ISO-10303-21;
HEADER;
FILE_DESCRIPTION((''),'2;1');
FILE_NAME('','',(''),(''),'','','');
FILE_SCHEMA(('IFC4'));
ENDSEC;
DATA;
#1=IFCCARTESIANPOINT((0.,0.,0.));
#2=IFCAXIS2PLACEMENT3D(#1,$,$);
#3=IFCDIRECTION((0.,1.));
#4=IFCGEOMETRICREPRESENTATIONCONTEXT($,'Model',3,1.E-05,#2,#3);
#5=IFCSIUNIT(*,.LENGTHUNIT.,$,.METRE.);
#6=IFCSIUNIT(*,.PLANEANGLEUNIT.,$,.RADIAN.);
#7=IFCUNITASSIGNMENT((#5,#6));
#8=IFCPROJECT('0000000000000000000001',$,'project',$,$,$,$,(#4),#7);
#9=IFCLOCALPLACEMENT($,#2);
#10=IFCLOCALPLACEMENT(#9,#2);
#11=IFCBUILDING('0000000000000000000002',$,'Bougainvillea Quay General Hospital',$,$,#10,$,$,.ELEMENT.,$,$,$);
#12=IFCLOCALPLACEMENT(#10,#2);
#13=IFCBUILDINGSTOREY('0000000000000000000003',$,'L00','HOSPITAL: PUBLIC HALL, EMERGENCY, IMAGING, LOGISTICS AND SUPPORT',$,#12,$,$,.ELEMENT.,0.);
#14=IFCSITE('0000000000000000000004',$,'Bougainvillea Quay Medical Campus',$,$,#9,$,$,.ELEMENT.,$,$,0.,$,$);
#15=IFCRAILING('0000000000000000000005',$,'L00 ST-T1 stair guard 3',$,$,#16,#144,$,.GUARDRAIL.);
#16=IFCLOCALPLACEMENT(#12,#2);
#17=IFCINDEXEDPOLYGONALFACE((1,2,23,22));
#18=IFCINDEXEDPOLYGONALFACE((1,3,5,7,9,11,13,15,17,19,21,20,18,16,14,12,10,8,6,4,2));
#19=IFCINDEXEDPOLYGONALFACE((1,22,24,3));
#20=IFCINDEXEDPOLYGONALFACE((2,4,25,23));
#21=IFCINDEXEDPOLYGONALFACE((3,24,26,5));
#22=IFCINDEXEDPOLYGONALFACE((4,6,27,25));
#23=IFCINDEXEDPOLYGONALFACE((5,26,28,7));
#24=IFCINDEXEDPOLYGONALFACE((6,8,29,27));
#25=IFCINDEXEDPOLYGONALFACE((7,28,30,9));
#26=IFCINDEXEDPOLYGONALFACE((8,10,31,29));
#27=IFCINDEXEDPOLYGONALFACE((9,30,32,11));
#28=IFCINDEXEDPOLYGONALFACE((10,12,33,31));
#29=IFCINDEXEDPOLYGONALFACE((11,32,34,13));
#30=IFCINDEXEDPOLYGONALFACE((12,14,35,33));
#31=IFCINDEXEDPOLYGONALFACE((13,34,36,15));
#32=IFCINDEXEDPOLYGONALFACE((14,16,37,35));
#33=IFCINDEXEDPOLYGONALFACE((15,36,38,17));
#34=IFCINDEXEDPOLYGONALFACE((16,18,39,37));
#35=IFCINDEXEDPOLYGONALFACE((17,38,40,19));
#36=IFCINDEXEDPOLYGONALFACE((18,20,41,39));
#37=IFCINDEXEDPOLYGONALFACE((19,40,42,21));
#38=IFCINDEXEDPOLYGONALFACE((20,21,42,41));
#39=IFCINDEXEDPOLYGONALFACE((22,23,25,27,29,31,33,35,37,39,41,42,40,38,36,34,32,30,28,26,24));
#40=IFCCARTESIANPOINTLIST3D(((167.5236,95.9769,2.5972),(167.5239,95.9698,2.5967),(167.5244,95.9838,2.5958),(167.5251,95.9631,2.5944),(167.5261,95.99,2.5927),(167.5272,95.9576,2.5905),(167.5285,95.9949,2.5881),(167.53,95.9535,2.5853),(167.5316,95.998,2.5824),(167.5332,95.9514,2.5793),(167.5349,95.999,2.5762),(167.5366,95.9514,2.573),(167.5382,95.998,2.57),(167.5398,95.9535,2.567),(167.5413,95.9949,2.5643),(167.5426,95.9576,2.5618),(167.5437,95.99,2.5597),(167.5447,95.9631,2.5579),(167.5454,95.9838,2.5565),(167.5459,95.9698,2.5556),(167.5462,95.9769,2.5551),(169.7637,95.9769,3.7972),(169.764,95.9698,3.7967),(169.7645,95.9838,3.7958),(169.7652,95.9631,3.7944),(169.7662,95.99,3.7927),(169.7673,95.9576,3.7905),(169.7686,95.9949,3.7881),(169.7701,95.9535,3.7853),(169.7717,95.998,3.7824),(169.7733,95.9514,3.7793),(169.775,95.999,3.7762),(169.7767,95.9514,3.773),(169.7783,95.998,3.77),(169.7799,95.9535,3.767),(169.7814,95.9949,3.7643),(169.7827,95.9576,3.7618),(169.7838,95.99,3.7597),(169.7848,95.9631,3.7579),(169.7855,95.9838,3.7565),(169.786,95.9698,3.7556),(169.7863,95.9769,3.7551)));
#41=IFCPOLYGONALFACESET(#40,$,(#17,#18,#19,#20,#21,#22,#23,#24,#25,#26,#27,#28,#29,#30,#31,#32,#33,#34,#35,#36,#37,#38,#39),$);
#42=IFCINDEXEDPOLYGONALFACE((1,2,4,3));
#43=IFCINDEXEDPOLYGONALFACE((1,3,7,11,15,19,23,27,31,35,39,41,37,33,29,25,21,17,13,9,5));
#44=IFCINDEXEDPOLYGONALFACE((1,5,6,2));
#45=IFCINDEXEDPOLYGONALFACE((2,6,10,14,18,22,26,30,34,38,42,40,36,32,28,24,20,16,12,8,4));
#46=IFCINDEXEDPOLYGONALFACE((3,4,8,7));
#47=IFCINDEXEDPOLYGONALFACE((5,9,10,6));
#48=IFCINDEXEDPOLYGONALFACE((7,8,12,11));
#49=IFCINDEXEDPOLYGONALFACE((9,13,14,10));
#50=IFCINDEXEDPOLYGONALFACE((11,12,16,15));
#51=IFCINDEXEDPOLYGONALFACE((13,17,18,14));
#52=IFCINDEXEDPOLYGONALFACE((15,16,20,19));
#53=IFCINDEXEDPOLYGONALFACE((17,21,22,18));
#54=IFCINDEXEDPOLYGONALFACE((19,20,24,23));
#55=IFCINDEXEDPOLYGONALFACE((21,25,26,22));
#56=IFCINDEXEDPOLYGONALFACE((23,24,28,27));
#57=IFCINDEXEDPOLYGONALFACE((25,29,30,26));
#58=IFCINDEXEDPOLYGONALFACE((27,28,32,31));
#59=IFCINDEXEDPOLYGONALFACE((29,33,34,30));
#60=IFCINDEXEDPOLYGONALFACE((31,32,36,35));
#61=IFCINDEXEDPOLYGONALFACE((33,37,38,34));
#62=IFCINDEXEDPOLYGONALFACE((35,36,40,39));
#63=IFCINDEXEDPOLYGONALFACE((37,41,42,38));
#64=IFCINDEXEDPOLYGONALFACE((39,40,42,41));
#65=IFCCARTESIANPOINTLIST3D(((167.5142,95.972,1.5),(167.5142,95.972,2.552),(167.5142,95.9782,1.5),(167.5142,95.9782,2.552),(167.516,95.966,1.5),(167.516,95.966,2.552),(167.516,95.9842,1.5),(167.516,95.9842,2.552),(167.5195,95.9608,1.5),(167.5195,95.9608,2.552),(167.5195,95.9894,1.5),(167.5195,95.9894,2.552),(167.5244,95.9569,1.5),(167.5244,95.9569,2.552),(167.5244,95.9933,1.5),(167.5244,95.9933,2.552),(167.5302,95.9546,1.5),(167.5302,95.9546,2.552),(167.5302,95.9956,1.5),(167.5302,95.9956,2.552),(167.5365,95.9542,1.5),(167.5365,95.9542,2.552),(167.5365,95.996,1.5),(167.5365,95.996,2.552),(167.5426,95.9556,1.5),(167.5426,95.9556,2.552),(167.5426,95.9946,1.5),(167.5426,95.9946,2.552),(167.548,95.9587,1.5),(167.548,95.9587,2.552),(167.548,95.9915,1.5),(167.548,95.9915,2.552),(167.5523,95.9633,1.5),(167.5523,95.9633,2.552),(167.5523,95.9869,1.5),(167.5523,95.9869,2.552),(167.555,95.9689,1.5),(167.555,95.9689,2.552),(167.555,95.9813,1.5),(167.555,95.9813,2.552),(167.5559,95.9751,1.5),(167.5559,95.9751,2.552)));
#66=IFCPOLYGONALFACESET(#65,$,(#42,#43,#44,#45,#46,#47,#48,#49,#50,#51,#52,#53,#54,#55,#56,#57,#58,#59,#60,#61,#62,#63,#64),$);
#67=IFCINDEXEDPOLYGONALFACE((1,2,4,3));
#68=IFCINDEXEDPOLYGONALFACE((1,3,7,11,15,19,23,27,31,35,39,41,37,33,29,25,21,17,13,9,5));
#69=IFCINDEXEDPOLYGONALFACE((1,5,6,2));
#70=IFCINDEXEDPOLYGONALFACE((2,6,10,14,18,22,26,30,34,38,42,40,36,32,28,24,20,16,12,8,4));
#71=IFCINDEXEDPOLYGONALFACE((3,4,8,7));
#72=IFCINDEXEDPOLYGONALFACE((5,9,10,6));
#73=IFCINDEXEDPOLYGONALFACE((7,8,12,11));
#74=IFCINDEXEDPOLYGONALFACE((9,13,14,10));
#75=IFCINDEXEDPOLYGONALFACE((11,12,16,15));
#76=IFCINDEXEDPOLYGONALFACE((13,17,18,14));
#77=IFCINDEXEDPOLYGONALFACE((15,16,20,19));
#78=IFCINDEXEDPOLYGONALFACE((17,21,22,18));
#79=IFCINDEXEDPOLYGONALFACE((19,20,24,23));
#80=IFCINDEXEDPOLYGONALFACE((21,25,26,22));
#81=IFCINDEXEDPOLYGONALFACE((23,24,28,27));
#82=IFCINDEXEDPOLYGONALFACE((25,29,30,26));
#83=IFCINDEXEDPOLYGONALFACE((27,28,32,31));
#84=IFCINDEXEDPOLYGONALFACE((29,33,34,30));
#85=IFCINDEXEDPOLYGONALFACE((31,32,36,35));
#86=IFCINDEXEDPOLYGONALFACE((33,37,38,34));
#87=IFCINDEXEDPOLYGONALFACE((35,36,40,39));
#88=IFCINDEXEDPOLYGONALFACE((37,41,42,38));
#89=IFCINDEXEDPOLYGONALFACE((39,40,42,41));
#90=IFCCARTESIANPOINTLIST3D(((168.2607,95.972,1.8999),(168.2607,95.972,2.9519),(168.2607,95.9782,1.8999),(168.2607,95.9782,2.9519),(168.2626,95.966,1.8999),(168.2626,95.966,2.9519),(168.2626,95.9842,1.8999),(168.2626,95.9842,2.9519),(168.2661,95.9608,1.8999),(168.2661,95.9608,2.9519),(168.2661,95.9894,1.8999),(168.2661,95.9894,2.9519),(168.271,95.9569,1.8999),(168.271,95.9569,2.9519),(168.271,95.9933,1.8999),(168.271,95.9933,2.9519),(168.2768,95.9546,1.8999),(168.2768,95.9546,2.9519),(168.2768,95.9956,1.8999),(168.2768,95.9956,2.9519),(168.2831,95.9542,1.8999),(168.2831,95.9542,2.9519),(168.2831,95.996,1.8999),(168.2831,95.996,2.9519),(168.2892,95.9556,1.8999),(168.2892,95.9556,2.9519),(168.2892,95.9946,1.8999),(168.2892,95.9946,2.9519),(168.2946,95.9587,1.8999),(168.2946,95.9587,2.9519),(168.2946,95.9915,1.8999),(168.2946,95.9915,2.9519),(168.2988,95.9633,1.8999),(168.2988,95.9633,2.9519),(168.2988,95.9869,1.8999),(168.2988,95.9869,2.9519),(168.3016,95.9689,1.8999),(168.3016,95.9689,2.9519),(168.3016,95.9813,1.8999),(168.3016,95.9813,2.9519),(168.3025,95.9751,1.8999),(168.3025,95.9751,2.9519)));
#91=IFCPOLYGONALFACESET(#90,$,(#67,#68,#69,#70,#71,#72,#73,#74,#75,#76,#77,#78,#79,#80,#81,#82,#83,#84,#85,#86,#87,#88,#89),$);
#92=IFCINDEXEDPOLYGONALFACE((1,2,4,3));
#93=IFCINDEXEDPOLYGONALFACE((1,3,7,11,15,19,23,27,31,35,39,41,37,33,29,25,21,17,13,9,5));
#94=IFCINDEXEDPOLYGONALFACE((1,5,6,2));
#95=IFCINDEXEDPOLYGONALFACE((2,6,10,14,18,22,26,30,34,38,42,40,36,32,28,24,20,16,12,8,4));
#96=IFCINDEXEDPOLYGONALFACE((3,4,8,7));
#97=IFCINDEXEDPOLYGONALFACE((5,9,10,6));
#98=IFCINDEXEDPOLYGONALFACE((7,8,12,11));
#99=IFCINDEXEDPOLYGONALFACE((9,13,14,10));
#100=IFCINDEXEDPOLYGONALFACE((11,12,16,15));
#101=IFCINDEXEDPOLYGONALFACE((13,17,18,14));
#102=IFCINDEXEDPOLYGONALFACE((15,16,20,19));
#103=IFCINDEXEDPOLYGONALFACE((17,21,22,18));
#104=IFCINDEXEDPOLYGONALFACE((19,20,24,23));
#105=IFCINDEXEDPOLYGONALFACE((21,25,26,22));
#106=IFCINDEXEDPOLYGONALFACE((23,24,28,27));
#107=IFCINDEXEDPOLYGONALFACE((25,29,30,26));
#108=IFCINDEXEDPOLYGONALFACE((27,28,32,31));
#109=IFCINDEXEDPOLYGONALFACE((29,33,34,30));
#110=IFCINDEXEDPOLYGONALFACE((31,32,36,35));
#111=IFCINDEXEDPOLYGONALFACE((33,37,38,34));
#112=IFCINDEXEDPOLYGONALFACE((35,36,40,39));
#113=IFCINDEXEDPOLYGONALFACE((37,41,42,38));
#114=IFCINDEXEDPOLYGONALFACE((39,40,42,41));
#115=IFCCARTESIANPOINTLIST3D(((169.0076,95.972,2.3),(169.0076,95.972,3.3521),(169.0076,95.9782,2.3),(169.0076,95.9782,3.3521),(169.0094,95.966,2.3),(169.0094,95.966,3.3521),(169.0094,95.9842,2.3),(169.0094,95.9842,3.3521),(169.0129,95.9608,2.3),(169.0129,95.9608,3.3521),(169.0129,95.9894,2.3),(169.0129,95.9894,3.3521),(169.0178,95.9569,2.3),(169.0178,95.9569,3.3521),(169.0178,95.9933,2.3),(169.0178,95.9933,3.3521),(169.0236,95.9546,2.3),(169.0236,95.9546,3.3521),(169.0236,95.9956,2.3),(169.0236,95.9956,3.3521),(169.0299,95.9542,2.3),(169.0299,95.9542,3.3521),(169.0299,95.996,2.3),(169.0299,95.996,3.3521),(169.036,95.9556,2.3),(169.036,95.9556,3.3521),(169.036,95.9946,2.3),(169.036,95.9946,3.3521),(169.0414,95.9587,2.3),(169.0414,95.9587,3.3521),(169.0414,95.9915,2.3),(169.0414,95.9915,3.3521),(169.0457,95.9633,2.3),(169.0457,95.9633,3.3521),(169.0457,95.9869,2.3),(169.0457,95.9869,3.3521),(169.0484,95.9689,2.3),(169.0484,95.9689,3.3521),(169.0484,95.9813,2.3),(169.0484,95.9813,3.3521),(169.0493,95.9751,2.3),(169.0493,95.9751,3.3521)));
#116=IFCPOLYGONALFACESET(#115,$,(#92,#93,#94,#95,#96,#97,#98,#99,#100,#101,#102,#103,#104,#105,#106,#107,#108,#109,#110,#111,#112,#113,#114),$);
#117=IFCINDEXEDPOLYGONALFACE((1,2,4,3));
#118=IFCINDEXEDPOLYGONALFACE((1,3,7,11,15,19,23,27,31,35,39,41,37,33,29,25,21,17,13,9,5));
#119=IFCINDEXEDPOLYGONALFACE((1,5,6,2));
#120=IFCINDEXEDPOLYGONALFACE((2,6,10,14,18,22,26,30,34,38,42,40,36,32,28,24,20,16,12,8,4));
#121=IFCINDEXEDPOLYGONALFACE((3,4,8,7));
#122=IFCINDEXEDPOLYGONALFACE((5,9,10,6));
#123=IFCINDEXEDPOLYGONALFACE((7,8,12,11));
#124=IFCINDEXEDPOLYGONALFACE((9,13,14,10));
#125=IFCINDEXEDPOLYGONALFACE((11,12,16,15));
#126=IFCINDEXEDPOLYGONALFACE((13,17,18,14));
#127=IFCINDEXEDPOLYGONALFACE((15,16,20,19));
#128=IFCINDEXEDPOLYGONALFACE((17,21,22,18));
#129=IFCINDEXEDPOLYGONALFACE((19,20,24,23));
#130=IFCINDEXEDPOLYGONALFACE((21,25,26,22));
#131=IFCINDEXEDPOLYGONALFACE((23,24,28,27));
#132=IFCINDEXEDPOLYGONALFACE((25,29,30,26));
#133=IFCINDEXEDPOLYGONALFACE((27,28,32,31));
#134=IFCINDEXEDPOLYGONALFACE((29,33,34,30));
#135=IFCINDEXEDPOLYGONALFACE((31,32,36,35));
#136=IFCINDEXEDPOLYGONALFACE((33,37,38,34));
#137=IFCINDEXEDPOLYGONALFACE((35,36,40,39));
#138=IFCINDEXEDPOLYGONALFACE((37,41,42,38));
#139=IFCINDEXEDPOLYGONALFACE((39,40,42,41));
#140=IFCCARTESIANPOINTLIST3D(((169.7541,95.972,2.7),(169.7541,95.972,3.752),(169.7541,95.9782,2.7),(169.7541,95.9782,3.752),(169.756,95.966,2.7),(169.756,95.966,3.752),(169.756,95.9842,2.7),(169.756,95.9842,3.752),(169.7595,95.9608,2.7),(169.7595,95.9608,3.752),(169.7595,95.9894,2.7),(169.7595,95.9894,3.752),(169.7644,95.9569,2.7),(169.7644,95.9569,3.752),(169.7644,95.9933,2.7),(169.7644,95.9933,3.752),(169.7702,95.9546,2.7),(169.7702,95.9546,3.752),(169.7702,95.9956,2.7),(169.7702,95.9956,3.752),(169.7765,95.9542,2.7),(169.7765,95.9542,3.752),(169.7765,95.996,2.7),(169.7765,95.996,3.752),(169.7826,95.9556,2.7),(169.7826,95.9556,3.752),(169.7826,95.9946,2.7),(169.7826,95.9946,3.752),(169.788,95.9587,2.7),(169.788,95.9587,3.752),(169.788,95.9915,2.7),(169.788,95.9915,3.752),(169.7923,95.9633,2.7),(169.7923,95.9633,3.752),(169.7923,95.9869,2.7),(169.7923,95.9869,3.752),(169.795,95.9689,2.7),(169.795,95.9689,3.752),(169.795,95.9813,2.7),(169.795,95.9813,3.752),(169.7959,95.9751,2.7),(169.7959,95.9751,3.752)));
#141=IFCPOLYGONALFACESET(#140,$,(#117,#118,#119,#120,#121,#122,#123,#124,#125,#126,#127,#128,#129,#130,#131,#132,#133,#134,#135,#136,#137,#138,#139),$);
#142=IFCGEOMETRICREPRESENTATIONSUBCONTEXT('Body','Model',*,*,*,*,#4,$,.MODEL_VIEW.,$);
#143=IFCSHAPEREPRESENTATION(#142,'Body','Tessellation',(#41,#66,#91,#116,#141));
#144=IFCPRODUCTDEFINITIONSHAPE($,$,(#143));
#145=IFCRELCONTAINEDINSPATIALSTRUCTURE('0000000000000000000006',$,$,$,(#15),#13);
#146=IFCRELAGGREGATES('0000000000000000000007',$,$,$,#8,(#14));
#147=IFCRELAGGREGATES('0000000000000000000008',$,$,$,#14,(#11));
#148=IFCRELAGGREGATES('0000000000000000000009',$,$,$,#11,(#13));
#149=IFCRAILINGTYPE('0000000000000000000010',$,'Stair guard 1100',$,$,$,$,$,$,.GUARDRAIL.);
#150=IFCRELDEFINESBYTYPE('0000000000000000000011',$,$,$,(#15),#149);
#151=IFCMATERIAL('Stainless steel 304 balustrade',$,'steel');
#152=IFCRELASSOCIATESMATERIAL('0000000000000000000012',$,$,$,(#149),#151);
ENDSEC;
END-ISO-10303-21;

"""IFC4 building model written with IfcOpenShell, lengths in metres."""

from ifc_helpers import new_model, si_unit, direction, frame, origin, origin_2d, place, context, subcontext, project, spatial, circle, extrude, material, type_object, element, save


model = new_model("IFC4")

# Units and contexts
model_context = context("Model", 3, precision=1e-05, world=origin(), true_north=direction((0.0, 1.0)))
body_context = subcontext(model_context, "Body", "Model", "MODEL_VIEW")
ifc_project = project(units=[si_unit("LENGTHUNIT", "METRE"), si_unit("PLANEANGLEUNIT", "RADIAN")], contexts=[model_context])

# Site, building, storey
site_placement = place(None, origin())
site = spatial("IfcSite", under=ifc_project, at=site_placement, Name="Bougainvillea Quay Medical Campus", CompositionType="ELEMENT", RefElevation=0.0)
building_placement = place(site_placement, origin())
building = spatial("IfcBuilding", under=site, at=building_placement, Name="Bougainvillea Quay General Hospital", CompositionType="ELEMENT")
storey_placement = place(building_placement, origin())
storey = spatial("IfcBuildingStorey", under=building, at=storey_placement, Name="L00", Description="HOSPITAL: PUBLIC HALL, EMERGENCY, IMAGING, LOGISTICS AND SUPPORT", CompositionType="ELEMENT", Elevation=0.0)

# Railing
ifc_material_1 = material(Name="Stainless steel 304 balustrade", Category="steel")
railing_type_1 = type_object("IfcRailingType", Name="Stair guard 1100", PredefinedType="GUARDRAIL", material=ifc_material_1)
railing_1_placement = place(storey_placement, frame((167.5349, 95.9751, 1.5)))
element("IfcRailing", 1, at=railing_1_placement, inside=storey, type_object=railing_type_1, Name="L00 ST-T1 stair guard 3", PredefinedType="GUARDRAIL", context=body_context, shape_type="SweptSolid", body=[
    extrude(circle(Radius=0.0239, at=origin_2d()), frame((0.0, 0.0, 1.0762), z_axis=(0.881487, 0.0, 0.472208), x_axis=(0.0, 1.0, 0.0)), (0.0, 0.0, 1.0), 2.5413),
    extrude(circle(Radius=0.021, at=origin_2d()), origin(), (0.0, 0.0, 1.0), 1.052),
    extrude(circle(Radius=0.021, at=origin_2d()), frame((0.7466, 0.0, 0.3999)), (0.0, 0.0, 1.0), 1.052),
    extrude(circle(Radius=0.021, at=origin_2d()), frame((1.4934, 0.0, 0.8)), (0.0, 0.0, 1.0), 1.052),
    extrude(circle(Radius=0.021, at=origin_2d()), frame((2.24, 0.0, 1.2)), (0.0, 0.0, 1.0), 1.052),
])

save(model, "model.ifc")
